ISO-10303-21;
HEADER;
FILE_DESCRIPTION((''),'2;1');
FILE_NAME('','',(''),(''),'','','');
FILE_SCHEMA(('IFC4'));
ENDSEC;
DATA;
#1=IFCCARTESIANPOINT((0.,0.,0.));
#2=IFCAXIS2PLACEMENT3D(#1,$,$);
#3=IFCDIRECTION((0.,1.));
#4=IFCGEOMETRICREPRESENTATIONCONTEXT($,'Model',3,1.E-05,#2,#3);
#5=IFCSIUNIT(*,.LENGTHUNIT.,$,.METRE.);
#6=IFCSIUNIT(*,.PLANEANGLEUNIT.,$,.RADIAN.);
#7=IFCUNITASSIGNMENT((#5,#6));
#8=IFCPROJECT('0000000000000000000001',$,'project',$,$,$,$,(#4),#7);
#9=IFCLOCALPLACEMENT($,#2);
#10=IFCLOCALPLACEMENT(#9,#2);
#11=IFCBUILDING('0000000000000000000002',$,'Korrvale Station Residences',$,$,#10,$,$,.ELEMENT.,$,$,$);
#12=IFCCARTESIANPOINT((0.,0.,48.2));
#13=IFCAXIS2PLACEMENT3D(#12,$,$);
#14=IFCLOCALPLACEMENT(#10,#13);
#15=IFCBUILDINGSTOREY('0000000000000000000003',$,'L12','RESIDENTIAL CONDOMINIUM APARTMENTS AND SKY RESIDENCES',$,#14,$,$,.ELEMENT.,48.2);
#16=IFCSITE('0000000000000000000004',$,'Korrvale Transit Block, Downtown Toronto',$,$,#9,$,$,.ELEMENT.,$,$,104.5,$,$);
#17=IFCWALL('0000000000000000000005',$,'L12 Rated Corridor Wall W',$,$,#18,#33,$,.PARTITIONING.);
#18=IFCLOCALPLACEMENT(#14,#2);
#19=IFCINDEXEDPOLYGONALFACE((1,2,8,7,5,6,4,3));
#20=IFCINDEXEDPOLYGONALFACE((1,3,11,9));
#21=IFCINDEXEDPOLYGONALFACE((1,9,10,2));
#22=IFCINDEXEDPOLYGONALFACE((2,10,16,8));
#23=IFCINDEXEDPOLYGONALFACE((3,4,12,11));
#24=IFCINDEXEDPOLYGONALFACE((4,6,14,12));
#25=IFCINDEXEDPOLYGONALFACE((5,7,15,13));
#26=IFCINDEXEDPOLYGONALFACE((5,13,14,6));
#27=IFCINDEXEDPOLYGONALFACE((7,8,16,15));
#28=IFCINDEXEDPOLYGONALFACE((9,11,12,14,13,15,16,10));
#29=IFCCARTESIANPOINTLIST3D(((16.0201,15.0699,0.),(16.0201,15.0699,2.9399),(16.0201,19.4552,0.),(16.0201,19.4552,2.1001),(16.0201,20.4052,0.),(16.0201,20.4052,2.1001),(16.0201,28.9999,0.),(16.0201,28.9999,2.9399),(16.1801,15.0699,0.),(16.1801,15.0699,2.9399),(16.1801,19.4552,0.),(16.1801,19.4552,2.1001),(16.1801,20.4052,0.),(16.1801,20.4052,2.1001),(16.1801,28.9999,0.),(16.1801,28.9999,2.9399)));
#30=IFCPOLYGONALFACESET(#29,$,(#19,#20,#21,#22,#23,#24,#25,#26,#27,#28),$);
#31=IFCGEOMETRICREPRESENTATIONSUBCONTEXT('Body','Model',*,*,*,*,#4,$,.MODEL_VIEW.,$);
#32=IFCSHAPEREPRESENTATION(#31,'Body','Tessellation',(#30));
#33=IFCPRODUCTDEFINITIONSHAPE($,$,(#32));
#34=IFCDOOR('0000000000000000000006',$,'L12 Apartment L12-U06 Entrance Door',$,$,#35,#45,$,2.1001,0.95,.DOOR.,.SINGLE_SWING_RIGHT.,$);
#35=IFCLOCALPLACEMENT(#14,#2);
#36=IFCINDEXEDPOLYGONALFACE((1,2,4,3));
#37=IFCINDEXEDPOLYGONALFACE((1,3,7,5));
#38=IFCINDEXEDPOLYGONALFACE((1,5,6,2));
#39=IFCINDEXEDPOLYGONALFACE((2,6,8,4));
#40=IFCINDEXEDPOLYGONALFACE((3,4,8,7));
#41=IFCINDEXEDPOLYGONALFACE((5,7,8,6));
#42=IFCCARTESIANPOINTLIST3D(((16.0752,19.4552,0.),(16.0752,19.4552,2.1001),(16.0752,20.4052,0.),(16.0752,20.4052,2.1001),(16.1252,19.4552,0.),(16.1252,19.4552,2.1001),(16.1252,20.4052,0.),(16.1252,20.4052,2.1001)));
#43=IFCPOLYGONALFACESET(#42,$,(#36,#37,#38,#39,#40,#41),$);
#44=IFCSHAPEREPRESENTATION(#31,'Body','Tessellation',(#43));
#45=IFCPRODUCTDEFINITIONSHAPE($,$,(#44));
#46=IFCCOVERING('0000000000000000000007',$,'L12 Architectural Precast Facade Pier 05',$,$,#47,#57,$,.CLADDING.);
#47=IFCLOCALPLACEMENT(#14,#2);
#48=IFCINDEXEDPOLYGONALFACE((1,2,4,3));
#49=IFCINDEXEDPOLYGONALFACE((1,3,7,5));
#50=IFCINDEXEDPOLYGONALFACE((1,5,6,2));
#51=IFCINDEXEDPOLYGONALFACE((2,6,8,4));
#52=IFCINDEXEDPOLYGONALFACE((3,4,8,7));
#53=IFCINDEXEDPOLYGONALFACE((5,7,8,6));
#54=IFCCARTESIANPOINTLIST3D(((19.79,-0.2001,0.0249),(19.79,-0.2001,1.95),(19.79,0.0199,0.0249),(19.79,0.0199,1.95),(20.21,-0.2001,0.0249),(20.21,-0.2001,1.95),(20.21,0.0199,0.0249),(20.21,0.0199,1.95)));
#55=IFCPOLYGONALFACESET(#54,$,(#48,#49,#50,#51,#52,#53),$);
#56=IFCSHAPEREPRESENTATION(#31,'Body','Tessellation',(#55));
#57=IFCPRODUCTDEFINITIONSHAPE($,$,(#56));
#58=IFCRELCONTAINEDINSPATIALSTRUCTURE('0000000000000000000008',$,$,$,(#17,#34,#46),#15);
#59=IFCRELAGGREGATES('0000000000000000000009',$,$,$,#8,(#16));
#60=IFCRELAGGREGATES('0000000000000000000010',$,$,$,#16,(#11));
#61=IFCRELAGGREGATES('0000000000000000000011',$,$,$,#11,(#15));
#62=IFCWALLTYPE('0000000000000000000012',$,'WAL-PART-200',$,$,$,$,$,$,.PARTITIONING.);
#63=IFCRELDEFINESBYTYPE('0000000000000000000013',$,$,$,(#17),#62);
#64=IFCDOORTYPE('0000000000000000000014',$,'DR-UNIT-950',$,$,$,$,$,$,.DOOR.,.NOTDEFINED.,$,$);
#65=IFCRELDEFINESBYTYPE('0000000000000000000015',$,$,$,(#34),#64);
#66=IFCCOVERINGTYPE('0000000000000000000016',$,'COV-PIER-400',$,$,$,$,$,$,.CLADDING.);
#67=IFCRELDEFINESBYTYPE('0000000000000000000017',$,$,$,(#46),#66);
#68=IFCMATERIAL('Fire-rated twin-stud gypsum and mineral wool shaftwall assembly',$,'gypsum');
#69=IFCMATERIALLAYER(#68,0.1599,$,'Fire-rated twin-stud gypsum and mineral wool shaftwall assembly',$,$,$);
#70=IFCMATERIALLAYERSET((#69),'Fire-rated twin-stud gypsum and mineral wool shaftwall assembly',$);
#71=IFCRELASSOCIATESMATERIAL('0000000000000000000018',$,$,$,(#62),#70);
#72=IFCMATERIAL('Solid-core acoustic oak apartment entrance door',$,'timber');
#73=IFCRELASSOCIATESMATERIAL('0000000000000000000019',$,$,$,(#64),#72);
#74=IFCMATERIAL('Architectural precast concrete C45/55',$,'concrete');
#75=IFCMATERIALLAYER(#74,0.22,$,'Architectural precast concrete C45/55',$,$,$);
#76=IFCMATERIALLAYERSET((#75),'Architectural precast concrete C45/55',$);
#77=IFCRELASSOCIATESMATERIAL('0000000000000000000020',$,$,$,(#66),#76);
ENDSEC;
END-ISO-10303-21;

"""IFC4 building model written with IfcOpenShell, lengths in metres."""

from ifc_helpers import new_model, si_unit, direction, frame, frame_2d, origin, origin_2d, place, context, subcontext, project, spatial, rectangle, extrude, material, layer, layer_set, type_object, element, fill, save


model = new_model("IFC4")

# Units and contexts
model_context = context("Model", 3, precision=1e-05, world=origin(), true_north=direction((0.0, 1.0)))
body_context = subcontext(model_context, "Body", "Model", "MODEL_VIEW")
ifc_project = project(units=[si_unit("LENGTHUNIT", "METRE"), si_unit("PLANEANGLEUNIT", "RADIAN")], contexts=[model_context])

# Site, building, storey
site_placement = place(None, origin())
site = spatial("IfcSite", under=ifc_project, at=site_placement, Name="Korrvale Transit Block, Downtown Toronto", CompositionType="ELEMENT", RefElevation=104.5)
building_placement = place(site_placement, origin())
building = spatial("IfcBuilding", under=site, at=building_placement, Name="Korrvale Station Residences", CompositionType="ELEMENT")
storey_placement = place(building_placement, frame((0.0, 0.0, 48.2)))
storey = spatial("IfcBuildingStorey", under=building, at=storey_placement, Name="L12", Description="RESIDENTIAL CONDOMINIUM APARTMENTS AND SKY RESIDENCES", CompositionType="ELEMENT", Elevation=48.2)

# Shared definitions
ifc_material_1 = material(Name="Fire-rated twin-stud gypsum and mineral wool shaftwall assembly", Category="gypsum")
ifc_layer_1 = layer(ifc_material_1, 0.1599, Name="Fire-rated twin-stud gypsum and mineral wool shaftwall assembly")
ifc_layer_set_1 = layer_set([ifc_layer_1], Name="Fire-rated twin-stud gypsum and mineral wool shaftwall assembly")
wall_type_1 = type_object("IfcWallType", Name="WAL-PART-200", PredefinedType="PARTITIONING", material=ifc_layer_set_1)

# Wall, opening, door
wall_1_placement = place(storey_placement, frame((16.1001, 15.0701, 0.0), z_axis=(0.0, 0.0, 1.0), x_axis=(0.0, 1.0, 0.0)))
wall_1 = element("IfcWall", 1, at=wall_1_placement, inside=storey, type_object=wall_type_1, Name="L12 Rated Corridor Wall W", PredefinedType="PARTITIONING", context=body_context, shape_type="SweptSolid", body=[
    extrude(rectangle(XDim=13.9299, YDim=0.1599, at=frame_2d((6.9648, 0.0))), origin(), (0.0, 0.0, 1.0), 2.9399),
])
opening_1_placement = place(wall_1_placement, frame((4.385, 0.0, 0.0)))
opening_1 = element("IfcOpeningElement", 2, at=opening_1_placement, cuts=wall_1, PredefinedType="OPENING", context=body_context, shape_type="SweptSolid", body=[
    extrude(rectangle(XDim=0.95, YDim=2.1001, at=frame_2d((0.4751, 1.05))), frame((0.0, 0.0898, 0.0), z_axis=(0.0, -1.0, 0.0), x_axis=(1.0, 0.0, 0.0)), (0.0, 0.0, 1.0), 0.1799),
])
ifc_material_2 = material(Name="Solid-core acoustic oak apartment entrance door", Category="timber")
door_type_1 = type_object("IfcDoorType", Name="DR-UNIT-950", OperationType="NOTDEFINED", PredefinedType="DOOR", material=ifc_material_2)
door_1_placement = place(opening_1_placement, origin())
door_1 = element("IfcDoor", 3, at=door_1_placement, inside=storey, type_object=door_type_1, Name="L12 Apartment L12-U06 Entrance Door", OperationType="SINGLE_SWING_RIGHT", OverallHeight=2.1001, OverallWidth=0.95, PredefinedType="DOOR", context=body_context, shape_type="SweptSolid", body=[
    extrude(rectangle(XDim=0.95, YDim=2.1001, at=frame_2d((0.4751, 1.05))), frame((0.0, 0.0249, 0.0), z_axis=(0.0, -1.0, 0.0), x_axis=(1.0, 0.0, 0.0)), (0.0, 0.0, 1.0), 0.05),
])
fill(opening_1, door_1)

# Covering
ifc_material_3 = material(Name="Architectural precast concrete C45/55", Category="concrete")
ifc_layer_2 = layer(ifc_material_3, 0.22, Name="Architectural precast concrete C45/55")
ifc_layer_set_2 = layer_set([ifc_layer_2], Name="Architectural precast concrete C45/55")
covering_type = type_object("IfcCoveringType", Name="COV-PIER-400", PredefinedType="CLADDING", material=ifc_layer_set_2)
covering_placement = place(storey_placement, frame((20.0, -0.0901, 0.0249), z_axis=(0.0, 0.0, 1.0), x_axis=(1.0, 0.0, 0.0)))
element("IfcCovering", 4, at=covering_placement, inside=storey, type_object=covering_type, Name="L12 Architectural Precast Facade Pier 05", PredefinedType="CLADDING", context=body_context, shape_type="SweptSolid", body=[
    extrude(rectangle(XDim=0.4199, YDim=0.22, at=origin_2d()), origin(), (0.0, 0.0, 1.0), 1.925),
])

save(model, "model.ifc")
